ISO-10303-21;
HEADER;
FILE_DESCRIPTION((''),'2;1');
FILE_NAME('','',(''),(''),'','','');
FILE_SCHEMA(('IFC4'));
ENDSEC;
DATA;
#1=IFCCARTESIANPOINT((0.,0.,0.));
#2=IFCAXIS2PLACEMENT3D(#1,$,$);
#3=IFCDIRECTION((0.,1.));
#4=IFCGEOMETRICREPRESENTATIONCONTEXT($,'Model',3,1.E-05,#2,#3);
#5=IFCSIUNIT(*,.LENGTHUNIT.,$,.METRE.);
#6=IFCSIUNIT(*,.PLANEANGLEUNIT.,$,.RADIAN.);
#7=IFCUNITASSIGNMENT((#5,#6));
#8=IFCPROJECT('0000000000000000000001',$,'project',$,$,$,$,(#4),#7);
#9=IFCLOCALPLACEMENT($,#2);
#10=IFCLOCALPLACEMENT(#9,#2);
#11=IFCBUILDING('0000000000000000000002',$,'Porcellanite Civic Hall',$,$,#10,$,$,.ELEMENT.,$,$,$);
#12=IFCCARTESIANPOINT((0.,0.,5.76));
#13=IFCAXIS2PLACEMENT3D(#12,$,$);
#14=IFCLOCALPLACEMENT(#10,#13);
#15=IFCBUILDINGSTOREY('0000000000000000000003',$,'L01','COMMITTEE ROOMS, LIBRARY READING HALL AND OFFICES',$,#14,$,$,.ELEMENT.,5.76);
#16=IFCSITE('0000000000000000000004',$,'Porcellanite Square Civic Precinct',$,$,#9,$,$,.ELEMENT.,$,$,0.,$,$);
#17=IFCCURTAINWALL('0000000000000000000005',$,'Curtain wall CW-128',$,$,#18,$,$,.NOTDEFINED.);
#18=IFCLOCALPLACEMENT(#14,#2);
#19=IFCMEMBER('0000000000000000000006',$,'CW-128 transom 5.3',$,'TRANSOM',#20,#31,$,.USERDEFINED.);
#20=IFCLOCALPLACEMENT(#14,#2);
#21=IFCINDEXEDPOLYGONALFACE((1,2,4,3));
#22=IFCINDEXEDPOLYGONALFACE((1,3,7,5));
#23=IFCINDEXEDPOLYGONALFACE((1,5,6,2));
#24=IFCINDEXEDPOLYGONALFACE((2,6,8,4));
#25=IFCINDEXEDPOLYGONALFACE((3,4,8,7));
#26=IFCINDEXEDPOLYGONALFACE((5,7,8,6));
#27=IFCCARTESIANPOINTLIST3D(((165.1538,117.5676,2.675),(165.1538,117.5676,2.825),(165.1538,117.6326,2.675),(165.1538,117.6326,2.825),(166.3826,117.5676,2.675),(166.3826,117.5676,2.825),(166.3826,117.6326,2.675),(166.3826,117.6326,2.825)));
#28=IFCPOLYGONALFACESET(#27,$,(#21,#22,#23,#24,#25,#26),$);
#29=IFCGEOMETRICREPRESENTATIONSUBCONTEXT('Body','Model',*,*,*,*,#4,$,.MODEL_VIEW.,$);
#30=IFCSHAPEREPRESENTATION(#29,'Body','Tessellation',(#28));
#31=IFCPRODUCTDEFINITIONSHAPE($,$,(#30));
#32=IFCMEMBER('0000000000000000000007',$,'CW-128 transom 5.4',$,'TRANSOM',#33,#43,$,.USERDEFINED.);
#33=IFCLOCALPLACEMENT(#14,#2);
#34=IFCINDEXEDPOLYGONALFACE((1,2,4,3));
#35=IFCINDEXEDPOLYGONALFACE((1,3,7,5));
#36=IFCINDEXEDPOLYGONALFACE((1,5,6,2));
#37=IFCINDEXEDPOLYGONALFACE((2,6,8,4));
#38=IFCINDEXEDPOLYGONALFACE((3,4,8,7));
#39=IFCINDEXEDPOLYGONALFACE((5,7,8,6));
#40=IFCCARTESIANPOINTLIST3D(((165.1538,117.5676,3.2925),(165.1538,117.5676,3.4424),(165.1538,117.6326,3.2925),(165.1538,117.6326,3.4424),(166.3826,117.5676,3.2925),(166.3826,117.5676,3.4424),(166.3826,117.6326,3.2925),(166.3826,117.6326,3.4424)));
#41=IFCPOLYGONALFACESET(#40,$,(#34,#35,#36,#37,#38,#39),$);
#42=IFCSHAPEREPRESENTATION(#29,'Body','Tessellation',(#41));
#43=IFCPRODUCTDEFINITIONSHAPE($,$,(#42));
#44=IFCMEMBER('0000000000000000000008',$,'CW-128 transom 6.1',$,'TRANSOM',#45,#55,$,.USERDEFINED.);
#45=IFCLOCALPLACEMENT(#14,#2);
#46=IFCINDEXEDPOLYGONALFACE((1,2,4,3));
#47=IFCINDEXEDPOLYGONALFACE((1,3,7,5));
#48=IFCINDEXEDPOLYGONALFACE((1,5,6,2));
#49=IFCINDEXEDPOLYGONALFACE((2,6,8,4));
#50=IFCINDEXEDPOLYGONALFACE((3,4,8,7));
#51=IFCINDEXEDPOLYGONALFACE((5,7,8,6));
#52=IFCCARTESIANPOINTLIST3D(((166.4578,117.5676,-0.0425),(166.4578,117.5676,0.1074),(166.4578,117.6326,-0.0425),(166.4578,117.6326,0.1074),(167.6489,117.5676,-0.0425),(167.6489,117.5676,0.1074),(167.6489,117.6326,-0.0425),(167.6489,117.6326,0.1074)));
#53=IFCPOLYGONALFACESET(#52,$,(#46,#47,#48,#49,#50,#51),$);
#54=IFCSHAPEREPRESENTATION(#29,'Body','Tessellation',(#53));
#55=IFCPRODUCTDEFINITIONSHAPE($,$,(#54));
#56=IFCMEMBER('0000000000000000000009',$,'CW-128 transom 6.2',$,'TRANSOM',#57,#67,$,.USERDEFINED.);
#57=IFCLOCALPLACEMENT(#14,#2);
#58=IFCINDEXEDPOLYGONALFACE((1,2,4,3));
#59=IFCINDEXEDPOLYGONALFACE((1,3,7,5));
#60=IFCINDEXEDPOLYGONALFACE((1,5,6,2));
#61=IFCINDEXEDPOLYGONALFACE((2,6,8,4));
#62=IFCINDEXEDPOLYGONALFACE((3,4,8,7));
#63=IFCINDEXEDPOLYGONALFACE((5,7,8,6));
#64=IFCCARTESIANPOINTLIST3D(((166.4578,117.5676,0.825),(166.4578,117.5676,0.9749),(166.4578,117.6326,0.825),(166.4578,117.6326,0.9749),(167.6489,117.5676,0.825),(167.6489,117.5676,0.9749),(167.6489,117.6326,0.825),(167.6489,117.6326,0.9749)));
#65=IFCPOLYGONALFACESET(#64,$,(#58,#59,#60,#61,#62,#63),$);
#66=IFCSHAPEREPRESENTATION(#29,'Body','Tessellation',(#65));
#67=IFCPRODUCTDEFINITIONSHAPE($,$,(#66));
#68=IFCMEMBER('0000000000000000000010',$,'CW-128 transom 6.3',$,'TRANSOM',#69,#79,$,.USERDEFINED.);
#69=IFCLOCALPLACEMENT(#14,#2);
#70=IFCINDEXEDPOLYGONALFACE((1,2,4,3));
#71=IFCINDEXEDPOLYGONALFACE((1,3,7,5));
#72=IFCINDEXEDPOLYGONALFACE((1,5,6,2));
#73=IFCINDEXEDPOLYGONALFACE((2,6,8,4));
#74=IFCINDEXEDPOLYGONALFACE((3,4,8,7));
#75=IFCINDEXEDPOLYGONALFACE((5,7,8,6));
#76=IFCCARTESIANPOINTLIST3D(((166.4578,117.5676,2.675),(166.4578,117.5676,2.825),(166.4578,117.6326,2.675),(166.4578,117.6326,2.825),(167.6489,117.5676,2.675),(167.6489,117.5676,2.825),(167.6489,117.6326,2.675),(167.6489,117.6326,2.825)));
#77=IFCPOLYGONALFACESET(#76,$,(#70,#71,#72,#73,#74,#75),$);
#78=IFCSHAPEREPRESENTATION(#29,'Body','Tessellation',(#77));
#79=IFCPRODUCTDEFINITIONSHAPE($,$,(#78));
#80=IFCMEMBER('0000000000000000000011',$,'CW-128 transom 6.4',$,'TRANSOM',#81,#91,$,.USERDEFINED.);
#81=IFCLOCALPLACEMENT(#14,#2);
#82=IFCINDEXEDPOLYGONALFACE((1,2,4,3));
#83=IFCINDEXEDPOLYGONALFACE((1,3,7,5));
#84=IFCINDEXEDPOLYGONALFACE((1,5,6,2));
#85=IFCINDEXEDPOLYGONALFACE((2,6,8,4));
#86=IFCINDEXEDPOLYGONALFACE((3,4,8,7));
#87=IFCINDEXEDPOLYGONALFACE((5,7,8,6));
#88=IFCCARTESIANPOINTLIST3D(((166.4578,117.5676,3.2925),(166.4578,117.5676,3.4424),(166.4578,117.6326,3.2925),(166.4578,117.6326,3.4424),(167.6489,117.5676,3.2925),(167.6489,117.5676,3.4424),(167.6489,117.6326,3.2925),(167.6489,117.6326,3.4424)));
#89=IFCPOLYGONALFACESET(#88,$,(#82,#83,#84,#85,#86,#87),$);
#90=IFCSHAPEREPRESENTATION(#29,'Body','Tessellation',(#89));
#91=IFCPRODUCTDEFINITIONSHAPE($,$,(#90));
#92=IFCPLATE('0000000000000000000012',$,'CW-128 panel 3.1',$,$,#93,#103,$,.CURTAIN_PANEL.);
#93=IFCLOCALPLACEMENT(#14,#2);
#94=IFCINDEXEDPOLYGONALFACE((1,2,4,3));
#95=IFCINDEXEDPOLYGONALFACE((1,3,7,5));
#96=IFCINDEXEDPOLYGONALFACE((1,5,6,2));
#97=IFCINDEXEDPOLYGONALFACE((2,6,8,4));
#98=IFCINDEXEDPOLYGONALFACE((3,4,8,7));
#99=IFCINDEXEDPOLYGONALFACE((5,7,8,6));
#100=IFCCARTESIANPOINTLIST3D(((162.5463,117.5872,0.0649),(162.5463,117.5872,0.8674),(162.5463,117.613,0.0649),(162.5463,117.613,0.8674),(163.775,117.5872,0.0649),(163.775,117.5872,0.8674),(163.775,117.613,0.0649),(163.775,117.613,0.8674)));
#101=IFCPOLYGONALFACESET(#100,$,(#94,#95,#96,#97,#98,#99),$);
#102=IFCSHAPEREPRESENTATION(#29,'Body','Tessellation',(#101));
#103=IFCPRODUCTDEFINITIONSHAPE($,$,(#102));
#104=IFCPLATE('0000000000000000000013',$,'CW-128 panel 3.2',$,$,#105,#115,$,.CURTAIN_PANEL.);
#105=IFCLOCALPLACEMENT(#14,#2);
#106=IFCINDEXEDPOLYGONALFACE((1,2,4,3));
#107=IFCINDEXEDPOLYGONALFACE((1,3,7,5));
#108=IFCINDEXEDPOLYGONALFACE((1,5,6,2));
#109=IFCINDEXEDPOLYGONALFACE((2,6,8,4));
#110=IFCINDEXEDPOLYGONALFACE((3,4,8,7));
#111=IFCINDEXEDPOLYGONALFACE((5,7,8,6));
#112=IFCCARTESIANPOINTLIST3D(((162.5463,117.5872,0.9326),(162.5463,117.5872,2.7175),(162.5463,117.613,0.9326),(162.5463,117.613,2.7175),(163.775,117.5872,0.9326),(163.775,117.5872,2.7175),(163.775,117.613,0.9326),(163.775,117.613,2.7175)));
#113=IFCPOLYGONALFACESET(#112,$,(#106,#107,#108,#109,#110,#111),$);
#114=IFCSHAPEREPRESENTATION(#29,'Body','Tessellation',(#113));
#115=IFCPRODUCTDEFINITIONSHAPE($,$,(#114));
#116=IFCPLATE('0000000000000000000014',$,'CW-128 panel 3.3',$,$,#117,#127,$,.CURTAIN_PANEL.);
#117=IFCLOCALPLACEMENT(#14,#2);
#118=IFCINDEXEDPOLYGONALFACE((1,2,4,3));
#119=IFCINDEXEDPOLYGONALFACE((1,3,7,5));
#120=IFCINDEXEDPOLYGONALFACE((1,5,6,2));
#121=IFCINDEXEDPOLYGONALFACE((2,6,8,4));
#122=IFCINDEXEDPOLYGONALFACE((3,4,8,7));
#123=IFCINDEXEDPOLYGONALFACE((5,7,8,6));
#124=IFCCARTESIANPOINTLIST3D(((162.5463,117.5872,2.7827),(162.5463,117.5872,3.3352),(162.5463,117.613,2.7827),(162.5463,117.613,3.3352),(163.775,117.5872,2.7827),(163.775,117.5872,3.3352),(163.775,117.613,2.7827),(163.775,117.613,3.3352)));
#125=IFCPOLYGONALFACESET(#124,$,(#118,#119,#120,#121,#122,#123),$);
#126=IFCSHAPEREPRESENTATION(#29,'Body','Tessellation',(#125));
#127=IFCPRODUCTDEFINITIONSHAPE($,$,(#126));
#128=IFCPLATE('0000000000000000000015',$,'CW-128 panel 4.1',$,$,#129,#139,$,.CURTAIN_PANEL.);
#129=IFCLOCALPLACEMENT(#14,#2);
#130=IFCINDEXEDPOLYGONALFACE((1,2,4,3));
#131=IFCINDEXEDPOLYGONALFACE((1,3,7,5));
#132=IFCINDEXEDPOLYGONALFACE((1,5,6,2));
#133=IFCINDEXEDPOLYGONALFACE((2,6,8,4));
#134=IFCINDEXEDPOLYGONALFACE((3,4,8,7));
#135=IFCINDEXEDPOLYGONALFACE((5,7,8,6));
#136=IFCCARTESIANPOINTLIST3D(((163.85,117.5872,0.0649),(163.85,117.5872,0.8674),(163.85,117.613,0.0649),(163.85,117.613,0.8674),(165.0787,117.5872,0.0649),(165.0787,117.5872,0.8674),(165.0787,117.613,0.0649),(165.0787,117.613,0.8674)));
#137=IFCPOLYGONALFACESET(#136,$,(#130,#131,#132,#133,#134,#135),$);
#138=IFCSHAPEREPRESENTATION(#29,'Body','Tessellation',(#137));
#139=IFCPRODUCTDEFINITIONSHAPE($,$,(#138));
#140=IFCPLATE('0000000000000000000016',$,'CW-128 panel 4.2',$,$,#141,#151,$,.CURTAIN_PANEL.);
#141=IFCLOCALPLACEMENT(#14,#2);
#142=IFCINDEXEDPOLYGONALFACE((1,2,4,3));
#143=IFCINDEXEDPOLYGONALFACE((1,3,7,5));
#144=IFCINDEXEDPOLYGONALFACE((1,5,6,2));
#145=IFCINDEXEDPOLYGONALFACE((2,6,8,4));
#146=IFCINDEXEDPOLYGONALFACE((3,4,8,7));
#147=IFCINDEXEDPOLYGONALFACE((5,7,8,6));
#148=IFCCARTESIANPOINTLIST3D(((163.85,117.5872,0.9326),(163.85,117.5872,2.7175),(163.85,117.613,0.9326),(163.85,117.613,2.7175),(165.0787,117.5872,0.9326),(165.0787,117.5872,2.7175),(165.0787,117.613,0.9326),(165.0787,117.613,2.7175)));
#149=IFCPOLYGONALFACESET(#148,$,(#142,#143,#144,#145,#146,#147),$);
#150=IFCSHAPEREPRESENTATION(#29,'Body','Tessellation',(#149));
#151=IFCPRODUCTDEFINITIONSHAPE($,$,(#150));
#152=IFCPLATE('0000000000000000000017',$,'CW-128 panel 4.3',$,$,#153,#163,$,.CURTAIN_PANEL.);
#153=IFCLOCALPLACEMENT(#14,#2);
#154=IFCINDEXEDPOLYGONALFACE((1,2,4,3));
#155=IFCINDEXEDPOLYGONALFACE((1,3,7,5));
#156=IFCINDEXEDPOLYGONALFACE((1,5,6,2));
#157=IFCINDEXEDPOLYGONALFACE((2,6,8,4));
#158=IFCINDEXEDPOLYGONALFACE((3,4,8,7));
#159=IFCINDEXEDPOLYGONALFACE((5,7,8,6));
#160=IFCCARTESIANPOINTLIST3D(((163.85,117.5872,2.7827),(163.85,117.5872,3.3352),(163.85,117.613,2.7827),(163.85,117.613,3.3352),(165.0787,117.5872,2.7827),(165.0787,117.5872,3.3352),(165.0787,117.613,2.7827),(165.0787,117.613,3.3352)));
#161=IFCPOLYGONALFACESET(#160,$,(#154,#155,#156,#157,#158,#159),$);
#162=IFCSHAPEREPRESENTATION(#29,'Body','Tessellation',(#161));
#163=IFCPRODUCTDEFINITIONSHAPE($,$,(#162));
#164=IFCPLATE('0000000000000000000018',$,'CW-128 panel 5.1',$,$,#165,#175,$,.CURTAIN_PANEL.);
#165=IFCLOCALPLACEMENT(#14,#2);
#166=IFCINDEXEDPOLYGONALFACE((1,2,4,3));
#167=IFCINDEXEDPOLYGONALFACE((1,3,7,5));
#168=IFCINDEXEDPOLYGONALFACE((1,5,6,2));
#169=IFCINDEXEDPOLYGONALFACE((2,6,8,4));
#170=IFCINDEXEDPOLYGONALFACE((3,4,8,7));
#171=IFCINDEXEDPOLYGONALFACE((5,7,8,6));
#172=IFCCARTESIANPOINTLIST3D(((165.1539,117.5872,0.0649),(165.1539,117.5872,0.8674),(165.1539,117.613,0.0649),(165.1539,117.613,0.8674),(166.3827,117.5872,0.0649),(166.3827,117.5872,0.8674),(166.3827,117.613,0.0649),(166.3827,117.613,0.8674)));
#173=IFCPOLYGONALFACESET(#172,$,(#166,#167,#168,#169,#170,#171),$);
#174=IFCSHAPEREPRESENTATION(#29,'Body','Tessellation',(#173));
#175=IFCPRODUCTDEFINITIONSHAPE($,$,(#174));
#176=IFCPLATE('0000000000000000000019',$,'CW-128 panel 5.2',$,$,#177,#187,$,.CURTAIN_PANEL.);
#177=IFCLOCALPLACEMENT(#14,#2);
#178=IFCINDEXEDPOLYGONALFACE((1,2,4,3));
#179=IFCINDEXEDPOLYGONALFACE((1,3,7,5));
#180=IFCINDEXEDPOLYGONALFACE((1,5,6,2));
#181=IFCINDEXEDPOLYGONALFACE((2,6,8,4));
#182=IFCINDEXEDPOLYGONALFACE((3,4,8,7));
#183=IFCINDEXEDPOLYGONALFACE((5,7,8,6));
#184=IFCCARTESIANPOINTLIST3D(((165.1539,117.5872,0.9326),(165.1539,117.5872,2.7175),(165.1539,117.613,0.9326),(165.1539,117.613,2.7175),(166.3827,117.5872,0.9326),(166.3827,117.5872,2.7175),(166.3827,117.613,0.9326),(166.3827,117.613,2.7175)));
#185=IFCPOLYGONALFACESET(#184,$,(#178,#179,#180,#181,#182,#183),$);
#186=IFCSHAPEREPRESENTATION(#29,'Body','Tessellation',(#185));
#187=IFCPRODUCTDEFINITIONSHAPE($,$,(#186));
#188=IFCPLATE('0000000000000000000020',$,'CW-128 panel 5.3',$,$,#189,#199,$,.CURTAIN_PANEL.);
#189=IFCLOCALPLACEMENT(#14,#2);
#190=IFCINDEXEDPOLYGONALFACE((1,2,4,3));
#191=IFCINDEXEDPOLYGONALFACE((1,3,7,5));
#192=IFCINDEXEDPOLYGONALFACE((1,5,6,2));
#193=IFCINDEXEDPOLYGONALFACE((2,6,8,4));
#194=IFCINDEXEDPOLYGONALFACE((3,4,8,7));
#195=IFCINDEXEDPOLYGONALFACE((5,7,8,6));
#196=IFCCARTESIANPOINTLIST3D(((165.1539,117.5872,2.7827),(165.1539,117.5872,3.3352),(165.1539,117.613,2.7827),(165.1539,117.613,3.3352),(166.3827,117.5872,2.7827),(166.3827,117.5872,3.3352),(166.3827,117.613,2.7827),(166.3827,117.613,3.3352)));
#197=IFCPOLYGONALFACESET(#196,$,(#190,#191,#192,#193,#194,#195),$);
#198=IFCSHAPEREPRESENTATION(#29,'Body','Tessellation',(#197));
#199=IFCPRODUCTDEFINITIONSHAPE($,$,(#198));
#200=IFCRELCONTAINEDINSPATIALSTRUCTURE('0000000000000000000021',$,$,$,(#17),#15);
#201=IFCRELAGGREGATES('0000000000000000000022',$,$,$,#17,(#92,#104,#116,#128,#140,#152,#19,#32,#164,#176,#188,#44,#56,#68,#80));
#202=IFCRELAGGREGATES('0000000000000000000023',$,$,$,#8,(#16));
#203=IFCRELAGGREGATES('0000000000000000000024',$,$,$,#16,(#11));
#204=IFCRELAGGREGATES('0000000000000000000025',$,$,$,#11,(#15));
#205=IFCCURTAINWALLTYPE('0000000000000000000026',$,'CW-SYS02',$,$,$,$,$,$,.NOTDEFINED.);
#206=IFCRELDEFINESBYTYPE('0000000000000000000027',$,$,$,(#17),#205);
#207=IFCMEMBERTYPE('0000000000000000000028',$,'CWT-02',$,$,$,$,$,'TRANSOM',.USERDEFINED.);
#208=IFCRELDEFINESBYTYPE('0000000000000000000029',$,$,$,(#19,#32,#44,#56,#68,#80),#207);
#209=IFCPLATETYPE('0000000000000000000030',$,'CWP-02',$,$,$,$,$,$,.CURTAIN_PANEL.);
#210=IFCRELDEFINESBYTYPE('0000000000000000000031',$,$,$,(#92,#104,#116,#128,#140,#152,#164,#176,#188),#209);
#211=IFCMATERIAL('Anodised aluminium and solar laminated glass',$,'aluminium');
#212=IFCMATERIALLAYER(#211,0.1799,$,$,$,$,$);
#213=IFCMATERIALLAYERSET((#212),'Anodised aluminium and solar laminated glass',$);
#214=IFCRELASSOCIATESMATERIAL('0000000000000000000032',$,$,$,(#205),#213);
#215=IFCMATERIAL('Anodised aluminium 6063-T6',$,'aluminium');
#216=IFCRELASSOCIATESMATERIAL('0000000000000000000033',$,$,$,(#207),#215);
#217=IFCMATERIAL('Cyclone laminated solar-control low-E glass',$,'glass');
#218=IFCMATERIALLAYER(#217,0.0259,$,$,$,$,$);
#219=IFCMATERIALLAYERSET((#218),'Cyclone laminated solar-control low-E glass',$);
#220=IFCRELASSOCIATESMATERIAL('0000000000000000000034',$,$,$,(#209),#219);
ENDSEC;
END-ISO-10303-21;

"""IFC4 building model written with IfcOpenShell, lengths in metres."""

from ifc_helpers import new_model, si_unit, direction, frame, origin, origin_2d, place, context, subcontext, project, spatial, rectangle, extrude, material, layer, layer_set, material_profile, profile_set, type_object, element, aggregate, save


model = new_model("IFC4")

# Units and contexts
model_context = context("Model", 3, precision=1e-05, world=origin(), true_north=direction((0.0, 1.0)))
body_context = subcontext(model_context, "Body", "Model", "MODEL_VIEW")
ifc_project = project(units=[si_unit("LENGTHUNIT", "METRE"), si_unit("PLANEANGLEUNIT", "RADIAN")], contexts=[model_context])

# Site, building, storey
site_placement = place(None, origin())
site = spatial("IfcSite", under=ifc_project, at=site_placement, Name="Porcellanite Square Civic Precinct", CompositionType="ELEMENT", RefElevation=0.0)
building_placement = place(site_placement, origin())
building = spatial("IfcBuilding", under=site, at=building_placement, Name="Porcellanite Civic Hall", CompositionType="ELEMENT")
storey_placement = place(building_placement, frame((0.0, 0.0, 5.76)))
storey = spatial("IfcBuildingStorey", under=building, at=storey_placement, Name="L01", Description="COMMITTEE ROOMS, LIBRARY READING HALL AND OFFICES", CompositionType="ELEMENT", Elevation=5.76)

# Curtain wall, members, plates
ifc_material_1 = material(Name="Anodised aluminium and solar laminated glass", Category="aluminium")
ifc_layer_1 = layer(ifc_material_1, 0.1799)
ifc_layer_set_1 = layer_set([ifc_layer_1], Name="Anodised aluminium and solar laminated glass")
curtain_wall_type = type_object("IfcCurtainWallType", Name="CW-SYS02", PredefinedType="NOTDEFINED", material=ifc_layer_set_1)
curtain_wall_placement = place(storey_placement, origin())
curtain_wall = element("IfcCurtainWall", 1, at=curtain_wall_placement, inside=storey, type_object=curtain_wall_type, Name="Curtain wall CW-128", PredefinedType="NOTDEFINED")
ifc_material_2 = material(Name="Anodised aluminium 6063-T6", Category="aluminium")
ifc_material_profile_1 = material_profile(ifc_material_2, rectangle(XDim=0.0649, YDim=0.1499, at=origin_2d()), Name="AL-65x150")
ifc_profile_set_1 = profile_set([ifc_material_profile_1], Name="Anodised aluminium 6063-T6")
member_type_1 = type_object("IfcMemberType", Name="CWT-02", ElementType="TRANSOM", PredefinedType="USERDEFINED", material=ifc_profile_set_1)
member_1_placement = place(storey_placement, frame((165.1538, 117.6001, 2.75), z_axis=(1.0, 0.0, 0.0), x_axis=(0.0, 1.0, 0.0)))
member_1 = element("IfcMember", 2, at=member_1_placement, type_object=member_type_1, Name="CW-128 transom 5.3", ObjectType="TRANSOM", PredefinedType="USERDEFINED", context=body_context, shape_type="SweptSolid", body=[
    extrude(rectangle(XDim=0.0649, YDim=0.1499, at=origin_2d()), origin(), (0.0, 0.0, 1.0), 1.2288),
])
member_2_placement = place(storey_placement, frame((165.1538, 117.6001, 3.3674), z_axis=(1.0, 0.0, 0.0), x_axis=(0.0, 1.0, 0.0)))
member_2 = element("IfcMember", 3, at=member_2_placement, type_object=member_type_1, Name="CW-128 transom 5.4", ObjectType="TRANSOM", PredefinedType="USERDEFINED", context=body_context, shape_type="SweptSolid", body=[
    extrude(rectangle(XDim=0.0649, YDim=0.1499, at=origin_2d()), origin(), (0.0, 0.0, 1.0), 1.2288),
])
member_3_placement = place(storey_placement, frame((166.4578, 117.6001, 0.0325), z_axis=(1.0, 0.0, 0.0), x_axis=(0.0, 1.0, 0.0)))
member_3 = element("IfcMember", 4, at=member_3_placement, type_object=member_type_1, Name="CW-128 transom 6.1", ObjectType="TRANSOM", PredefinedType="USERDEFINED", context=body_context, shape_type="SweptSolid", body=[
    extrude(rectangle(XDim=0.0649, YDim=0.1499, at=origin_2d()), origin(), (0.0, 0.0, 1.0), 1.1912),
])
member_4_placement = place(storey_placement, frame((166.4578, 117.6001, 0.8999), z_axis=(1.0, 0.0, 0.0), x_axis=(0.0, 1.0, 0.0)))
member_4 = element("IfcMember", 5, at=member_4_placement, type_object=member_type_1, Name="CW-128 transom 6.2", ObjectType="TRANSOM", PredefinedType="USERDEFINED", context=body_context, shape_type="SweptSolid", body=[
    extrude(rectangle(XDim=0.0649, YDim=0.1499, at=origin_2d()), origin(), (0.0, 0.0, 1.0), 1.1912),
])
member_5_placement = place(storey_placement, frame((166.4578, 117.6001, 2.75), z_axis=(1.0, 0.0, 0.0), x_axis=(0.0, 1.0, 0.0)))
member_5 = element("IfcMember", 6, at=member_5_placement, type_object=member_type_1, Name="CW-128 transom 6.3", ObjectType="TRANSOM", PredefinedType="USERDEFINED", context=body_context, shape_type="SweptSolid", body=[
    extrude(rectangle(XDim=0.0649, YDim=0.1499, at=origin_2d()), origin(), (0.0, 0.0, 1.0), 1.1912),
])
member_6_placement = place(storey_placement, frame((166.4578, 117.6001, 3.3674), z_axis=(1.0, 0.0, 0.0), x_axis=(0.0, 1.0, 0.0)))
member_6 = element("IfcMember", 7, at=member_6_placement, type_object=member_type_1, Name="CW-128 transom 6.4", ObjectType="TRANSOM", PredefinedType="USERDEFINED", context=body_context, shape_type="SweptSolid", body=[
    extrude(rectangle(XDim=0.0649, YDim=0.1499, at=origin_2d()), origin(), (0.0, 0.0, 1.0), 1.1912),
])
ifc_material_3 = material(Name="Cyclone laminated solar-control low-E glass", Category="glass")
ifc_layer_2 = layer(ifc_material_3, 0.0259)
ifc_layer_set_2 = layer_set([ifc_layer_2], Name="Cyclone laminated solar-control low-E glass")
plate_type = type_object("IfcPlateType", Name="CWP-02", PredefinedType="CURTAIN_PANEL", material=ifc_layer_set_2)
plate_1_placement = place(storey_placement, frame((163.1606, 117.6001, 0.0649), z_axis=(0.0, 0.0, 1.0), x_axis=(1.0, 0.0, 0.0)))
plate_1 = element("IfcPlate", 8, at=plate_1_placement, type_object=plate_type, Name="CW-128 panel 3.1", PredefinedType="CURTAIN_PANEL", context=body_context, shape_type="SweptSolid", body=[
    extrude(rectangle(XDim=1.2288, YDim=0.0259, at=origin_2d()), origin(), (0.0, 0.0, 1.0), 0.8025),
])
plate_2_placement = place(storey_placement, frame((163.1606, 117.6001, 0.9326), z_axis=(0.0, 0.0, 1.0), x_axis=(1.0, 0.0, 0.0)))
plate_2 = element("IfcPlate", 9, at=plate_2_placement, type_object=plate_type, Name="CW-128 panel 3.2", PredefinedType="CURTAIN_PANEL", context=body_context, shape_type="SweptSolid", body=[
    extrude(rectangle(XDim=1.2288, YDim=0.0259, at=origin_2d()), origin(), (0.0, 0.0, 1.0), 1.7849),
])
plate_3_placement = place(storey_placement, frame((163.1606, 117.6001, 2.7827), z_axis=(0.0, 0.0, 1.0), x_axis=(1.0, 0.0, 0.0)))
plate_3 = element("IfcPlate", 10, at=plate_3_placement, type_object=plate_type, Name="CW-128 panel 3.3", PredefinedType="CURTAIN_PANEL", context=body_context, shape_type="SweptSolid", body=[
    extrude(rectangle(XDim=1.2288, YDim=0.0259, at=origin_2d()), origin(), (0.0, 0.0, 1.0), 0.5525),
])
plate_4_placement = place(storey_placement, frame((164.4644, 117.6001, 0.0649), z_axis=(0.0, 0.0, 1.0), x_axis=(1.0, 0.0, 0.0)))
plate_4 = element("IfcPlate", 11, at=plate_4_placement, type_object=plate_type, Name="CW-128 panel 4.1", PredefinedType="CURTAIN_PANEL", context=body_context, shape_type="SweptSolid", body=[
    extrude(rectangle(XDim=1.2288, YDim=0.0259, at=origin_2d()), origin(), (0.0, 0.0, 1.0), 0.8025),
])
plate_5_placement = place(storey_placement, frame((164.4644, 117.6001, 0.9326), z_axis=(0.0, 0.0, 1.0), x_axis=(1.0, 0.0, 0.0)))
plate_5 = element("IfcPlate", 12, at=plate_5_placement, type_object=plate_type, Name="CW-128 panel 4.2", PredefinedType="CURTAIN_PANEL", context=body_context, shape_type="SweptSolid", body=[
    extrude(rectangle(XDim=1.2288, YDim=0.0259, at=origin_2d()), origin(), (0.0, 0.0, 1.0), 1.7849),
])
plate_6_placement = place(storey_placement, frame((164.4644, 117.6001, 2.7827), z_axis=(0.0, 0.0, 1.0), x_axis=(1.0, 0.0, 0.0)))
plate_6 = element("IfcPlate", 13, at=plate_6_placement, type_object=plate_type, Name="CW-128 panel 4.3", PredefinedType="CURTAIN_PANEL", context=body_context, shape_type="SweptSolid", body=[
    extrude(rectangle(XDim=1.2288, YDim=0.0259, at=origin_2d()), origin(), (0.0, 0.0, 1.0), 0.5525),
])
plate_7_placement = place(storey_placement, frame((165.7683, 117.6001, 0.0649), z_axis=(0.0, 0.0, 1.0), x_axis=(1.0, 0.0, 0.0)))
plate_7 = element("IfcPlate", 14, at=plate_7_placement, type_object=plate_type, Name="CW-128 panel 5.1", PredefinedType="CURTAIN_PANEL", context=body_context, shape_type="SweptSolid", body=[
    extrude(rectangle(XDim=1.2288, YDim=0.0259, at=origin_2d()), origin(), (0.0, 0.0, 1.0), 0.8025),
])
plate_8_placement = place(storey_placement, frame((165.7683, 117.6001, 0.9326), z_axis=(0.0, 0.0, 1.0), x_axis=(1.0, 0.0, 0.0)))
plate_8 = element("IfcPlate", 15, at=plate_8_placement, type_object=plate_type, Name="CW-128 panel 5.2", PredefinedType="CURTAIN_PANEL", context=body_context, shape_type="SweptSolid", body=[
    extrude(rectangle(XDim=1.2288, YDim=0.0259, at=origin_2d()), origin(), (0.0, 0.0, 1.0), 1.7849),
])
plate_9_placement = place(storey_placement, frame((165.7683, 117.6001, 2.7827), z_axis=(0.0, 0.0, 1.0), x_axis=(1.0, 0.0, 0.0)))
plate_9 = element("IfcPlate", 16, at=plate_9_placement, type_object=plate_type, Name="CW-128 panel 5.3", PredefinedType="CURTAIN_PANEL", context=body_context, shape_type="SweptSolid", body=[
    extrude(rectangle(XDim=1.2288, YDim=0.0259, at=origin_2d()), origin(), (0.0, 0.0, 1.0), 0.5525),
])
aggregate(curtain_wall, [plate_1, plate_2, plate_3, plate_4, plate_5, plate_6, member_1, member_2, plate_7, plate_8, plate_9, member_3, member_4, member_5, member_6])

save(model, "model.ifc")
